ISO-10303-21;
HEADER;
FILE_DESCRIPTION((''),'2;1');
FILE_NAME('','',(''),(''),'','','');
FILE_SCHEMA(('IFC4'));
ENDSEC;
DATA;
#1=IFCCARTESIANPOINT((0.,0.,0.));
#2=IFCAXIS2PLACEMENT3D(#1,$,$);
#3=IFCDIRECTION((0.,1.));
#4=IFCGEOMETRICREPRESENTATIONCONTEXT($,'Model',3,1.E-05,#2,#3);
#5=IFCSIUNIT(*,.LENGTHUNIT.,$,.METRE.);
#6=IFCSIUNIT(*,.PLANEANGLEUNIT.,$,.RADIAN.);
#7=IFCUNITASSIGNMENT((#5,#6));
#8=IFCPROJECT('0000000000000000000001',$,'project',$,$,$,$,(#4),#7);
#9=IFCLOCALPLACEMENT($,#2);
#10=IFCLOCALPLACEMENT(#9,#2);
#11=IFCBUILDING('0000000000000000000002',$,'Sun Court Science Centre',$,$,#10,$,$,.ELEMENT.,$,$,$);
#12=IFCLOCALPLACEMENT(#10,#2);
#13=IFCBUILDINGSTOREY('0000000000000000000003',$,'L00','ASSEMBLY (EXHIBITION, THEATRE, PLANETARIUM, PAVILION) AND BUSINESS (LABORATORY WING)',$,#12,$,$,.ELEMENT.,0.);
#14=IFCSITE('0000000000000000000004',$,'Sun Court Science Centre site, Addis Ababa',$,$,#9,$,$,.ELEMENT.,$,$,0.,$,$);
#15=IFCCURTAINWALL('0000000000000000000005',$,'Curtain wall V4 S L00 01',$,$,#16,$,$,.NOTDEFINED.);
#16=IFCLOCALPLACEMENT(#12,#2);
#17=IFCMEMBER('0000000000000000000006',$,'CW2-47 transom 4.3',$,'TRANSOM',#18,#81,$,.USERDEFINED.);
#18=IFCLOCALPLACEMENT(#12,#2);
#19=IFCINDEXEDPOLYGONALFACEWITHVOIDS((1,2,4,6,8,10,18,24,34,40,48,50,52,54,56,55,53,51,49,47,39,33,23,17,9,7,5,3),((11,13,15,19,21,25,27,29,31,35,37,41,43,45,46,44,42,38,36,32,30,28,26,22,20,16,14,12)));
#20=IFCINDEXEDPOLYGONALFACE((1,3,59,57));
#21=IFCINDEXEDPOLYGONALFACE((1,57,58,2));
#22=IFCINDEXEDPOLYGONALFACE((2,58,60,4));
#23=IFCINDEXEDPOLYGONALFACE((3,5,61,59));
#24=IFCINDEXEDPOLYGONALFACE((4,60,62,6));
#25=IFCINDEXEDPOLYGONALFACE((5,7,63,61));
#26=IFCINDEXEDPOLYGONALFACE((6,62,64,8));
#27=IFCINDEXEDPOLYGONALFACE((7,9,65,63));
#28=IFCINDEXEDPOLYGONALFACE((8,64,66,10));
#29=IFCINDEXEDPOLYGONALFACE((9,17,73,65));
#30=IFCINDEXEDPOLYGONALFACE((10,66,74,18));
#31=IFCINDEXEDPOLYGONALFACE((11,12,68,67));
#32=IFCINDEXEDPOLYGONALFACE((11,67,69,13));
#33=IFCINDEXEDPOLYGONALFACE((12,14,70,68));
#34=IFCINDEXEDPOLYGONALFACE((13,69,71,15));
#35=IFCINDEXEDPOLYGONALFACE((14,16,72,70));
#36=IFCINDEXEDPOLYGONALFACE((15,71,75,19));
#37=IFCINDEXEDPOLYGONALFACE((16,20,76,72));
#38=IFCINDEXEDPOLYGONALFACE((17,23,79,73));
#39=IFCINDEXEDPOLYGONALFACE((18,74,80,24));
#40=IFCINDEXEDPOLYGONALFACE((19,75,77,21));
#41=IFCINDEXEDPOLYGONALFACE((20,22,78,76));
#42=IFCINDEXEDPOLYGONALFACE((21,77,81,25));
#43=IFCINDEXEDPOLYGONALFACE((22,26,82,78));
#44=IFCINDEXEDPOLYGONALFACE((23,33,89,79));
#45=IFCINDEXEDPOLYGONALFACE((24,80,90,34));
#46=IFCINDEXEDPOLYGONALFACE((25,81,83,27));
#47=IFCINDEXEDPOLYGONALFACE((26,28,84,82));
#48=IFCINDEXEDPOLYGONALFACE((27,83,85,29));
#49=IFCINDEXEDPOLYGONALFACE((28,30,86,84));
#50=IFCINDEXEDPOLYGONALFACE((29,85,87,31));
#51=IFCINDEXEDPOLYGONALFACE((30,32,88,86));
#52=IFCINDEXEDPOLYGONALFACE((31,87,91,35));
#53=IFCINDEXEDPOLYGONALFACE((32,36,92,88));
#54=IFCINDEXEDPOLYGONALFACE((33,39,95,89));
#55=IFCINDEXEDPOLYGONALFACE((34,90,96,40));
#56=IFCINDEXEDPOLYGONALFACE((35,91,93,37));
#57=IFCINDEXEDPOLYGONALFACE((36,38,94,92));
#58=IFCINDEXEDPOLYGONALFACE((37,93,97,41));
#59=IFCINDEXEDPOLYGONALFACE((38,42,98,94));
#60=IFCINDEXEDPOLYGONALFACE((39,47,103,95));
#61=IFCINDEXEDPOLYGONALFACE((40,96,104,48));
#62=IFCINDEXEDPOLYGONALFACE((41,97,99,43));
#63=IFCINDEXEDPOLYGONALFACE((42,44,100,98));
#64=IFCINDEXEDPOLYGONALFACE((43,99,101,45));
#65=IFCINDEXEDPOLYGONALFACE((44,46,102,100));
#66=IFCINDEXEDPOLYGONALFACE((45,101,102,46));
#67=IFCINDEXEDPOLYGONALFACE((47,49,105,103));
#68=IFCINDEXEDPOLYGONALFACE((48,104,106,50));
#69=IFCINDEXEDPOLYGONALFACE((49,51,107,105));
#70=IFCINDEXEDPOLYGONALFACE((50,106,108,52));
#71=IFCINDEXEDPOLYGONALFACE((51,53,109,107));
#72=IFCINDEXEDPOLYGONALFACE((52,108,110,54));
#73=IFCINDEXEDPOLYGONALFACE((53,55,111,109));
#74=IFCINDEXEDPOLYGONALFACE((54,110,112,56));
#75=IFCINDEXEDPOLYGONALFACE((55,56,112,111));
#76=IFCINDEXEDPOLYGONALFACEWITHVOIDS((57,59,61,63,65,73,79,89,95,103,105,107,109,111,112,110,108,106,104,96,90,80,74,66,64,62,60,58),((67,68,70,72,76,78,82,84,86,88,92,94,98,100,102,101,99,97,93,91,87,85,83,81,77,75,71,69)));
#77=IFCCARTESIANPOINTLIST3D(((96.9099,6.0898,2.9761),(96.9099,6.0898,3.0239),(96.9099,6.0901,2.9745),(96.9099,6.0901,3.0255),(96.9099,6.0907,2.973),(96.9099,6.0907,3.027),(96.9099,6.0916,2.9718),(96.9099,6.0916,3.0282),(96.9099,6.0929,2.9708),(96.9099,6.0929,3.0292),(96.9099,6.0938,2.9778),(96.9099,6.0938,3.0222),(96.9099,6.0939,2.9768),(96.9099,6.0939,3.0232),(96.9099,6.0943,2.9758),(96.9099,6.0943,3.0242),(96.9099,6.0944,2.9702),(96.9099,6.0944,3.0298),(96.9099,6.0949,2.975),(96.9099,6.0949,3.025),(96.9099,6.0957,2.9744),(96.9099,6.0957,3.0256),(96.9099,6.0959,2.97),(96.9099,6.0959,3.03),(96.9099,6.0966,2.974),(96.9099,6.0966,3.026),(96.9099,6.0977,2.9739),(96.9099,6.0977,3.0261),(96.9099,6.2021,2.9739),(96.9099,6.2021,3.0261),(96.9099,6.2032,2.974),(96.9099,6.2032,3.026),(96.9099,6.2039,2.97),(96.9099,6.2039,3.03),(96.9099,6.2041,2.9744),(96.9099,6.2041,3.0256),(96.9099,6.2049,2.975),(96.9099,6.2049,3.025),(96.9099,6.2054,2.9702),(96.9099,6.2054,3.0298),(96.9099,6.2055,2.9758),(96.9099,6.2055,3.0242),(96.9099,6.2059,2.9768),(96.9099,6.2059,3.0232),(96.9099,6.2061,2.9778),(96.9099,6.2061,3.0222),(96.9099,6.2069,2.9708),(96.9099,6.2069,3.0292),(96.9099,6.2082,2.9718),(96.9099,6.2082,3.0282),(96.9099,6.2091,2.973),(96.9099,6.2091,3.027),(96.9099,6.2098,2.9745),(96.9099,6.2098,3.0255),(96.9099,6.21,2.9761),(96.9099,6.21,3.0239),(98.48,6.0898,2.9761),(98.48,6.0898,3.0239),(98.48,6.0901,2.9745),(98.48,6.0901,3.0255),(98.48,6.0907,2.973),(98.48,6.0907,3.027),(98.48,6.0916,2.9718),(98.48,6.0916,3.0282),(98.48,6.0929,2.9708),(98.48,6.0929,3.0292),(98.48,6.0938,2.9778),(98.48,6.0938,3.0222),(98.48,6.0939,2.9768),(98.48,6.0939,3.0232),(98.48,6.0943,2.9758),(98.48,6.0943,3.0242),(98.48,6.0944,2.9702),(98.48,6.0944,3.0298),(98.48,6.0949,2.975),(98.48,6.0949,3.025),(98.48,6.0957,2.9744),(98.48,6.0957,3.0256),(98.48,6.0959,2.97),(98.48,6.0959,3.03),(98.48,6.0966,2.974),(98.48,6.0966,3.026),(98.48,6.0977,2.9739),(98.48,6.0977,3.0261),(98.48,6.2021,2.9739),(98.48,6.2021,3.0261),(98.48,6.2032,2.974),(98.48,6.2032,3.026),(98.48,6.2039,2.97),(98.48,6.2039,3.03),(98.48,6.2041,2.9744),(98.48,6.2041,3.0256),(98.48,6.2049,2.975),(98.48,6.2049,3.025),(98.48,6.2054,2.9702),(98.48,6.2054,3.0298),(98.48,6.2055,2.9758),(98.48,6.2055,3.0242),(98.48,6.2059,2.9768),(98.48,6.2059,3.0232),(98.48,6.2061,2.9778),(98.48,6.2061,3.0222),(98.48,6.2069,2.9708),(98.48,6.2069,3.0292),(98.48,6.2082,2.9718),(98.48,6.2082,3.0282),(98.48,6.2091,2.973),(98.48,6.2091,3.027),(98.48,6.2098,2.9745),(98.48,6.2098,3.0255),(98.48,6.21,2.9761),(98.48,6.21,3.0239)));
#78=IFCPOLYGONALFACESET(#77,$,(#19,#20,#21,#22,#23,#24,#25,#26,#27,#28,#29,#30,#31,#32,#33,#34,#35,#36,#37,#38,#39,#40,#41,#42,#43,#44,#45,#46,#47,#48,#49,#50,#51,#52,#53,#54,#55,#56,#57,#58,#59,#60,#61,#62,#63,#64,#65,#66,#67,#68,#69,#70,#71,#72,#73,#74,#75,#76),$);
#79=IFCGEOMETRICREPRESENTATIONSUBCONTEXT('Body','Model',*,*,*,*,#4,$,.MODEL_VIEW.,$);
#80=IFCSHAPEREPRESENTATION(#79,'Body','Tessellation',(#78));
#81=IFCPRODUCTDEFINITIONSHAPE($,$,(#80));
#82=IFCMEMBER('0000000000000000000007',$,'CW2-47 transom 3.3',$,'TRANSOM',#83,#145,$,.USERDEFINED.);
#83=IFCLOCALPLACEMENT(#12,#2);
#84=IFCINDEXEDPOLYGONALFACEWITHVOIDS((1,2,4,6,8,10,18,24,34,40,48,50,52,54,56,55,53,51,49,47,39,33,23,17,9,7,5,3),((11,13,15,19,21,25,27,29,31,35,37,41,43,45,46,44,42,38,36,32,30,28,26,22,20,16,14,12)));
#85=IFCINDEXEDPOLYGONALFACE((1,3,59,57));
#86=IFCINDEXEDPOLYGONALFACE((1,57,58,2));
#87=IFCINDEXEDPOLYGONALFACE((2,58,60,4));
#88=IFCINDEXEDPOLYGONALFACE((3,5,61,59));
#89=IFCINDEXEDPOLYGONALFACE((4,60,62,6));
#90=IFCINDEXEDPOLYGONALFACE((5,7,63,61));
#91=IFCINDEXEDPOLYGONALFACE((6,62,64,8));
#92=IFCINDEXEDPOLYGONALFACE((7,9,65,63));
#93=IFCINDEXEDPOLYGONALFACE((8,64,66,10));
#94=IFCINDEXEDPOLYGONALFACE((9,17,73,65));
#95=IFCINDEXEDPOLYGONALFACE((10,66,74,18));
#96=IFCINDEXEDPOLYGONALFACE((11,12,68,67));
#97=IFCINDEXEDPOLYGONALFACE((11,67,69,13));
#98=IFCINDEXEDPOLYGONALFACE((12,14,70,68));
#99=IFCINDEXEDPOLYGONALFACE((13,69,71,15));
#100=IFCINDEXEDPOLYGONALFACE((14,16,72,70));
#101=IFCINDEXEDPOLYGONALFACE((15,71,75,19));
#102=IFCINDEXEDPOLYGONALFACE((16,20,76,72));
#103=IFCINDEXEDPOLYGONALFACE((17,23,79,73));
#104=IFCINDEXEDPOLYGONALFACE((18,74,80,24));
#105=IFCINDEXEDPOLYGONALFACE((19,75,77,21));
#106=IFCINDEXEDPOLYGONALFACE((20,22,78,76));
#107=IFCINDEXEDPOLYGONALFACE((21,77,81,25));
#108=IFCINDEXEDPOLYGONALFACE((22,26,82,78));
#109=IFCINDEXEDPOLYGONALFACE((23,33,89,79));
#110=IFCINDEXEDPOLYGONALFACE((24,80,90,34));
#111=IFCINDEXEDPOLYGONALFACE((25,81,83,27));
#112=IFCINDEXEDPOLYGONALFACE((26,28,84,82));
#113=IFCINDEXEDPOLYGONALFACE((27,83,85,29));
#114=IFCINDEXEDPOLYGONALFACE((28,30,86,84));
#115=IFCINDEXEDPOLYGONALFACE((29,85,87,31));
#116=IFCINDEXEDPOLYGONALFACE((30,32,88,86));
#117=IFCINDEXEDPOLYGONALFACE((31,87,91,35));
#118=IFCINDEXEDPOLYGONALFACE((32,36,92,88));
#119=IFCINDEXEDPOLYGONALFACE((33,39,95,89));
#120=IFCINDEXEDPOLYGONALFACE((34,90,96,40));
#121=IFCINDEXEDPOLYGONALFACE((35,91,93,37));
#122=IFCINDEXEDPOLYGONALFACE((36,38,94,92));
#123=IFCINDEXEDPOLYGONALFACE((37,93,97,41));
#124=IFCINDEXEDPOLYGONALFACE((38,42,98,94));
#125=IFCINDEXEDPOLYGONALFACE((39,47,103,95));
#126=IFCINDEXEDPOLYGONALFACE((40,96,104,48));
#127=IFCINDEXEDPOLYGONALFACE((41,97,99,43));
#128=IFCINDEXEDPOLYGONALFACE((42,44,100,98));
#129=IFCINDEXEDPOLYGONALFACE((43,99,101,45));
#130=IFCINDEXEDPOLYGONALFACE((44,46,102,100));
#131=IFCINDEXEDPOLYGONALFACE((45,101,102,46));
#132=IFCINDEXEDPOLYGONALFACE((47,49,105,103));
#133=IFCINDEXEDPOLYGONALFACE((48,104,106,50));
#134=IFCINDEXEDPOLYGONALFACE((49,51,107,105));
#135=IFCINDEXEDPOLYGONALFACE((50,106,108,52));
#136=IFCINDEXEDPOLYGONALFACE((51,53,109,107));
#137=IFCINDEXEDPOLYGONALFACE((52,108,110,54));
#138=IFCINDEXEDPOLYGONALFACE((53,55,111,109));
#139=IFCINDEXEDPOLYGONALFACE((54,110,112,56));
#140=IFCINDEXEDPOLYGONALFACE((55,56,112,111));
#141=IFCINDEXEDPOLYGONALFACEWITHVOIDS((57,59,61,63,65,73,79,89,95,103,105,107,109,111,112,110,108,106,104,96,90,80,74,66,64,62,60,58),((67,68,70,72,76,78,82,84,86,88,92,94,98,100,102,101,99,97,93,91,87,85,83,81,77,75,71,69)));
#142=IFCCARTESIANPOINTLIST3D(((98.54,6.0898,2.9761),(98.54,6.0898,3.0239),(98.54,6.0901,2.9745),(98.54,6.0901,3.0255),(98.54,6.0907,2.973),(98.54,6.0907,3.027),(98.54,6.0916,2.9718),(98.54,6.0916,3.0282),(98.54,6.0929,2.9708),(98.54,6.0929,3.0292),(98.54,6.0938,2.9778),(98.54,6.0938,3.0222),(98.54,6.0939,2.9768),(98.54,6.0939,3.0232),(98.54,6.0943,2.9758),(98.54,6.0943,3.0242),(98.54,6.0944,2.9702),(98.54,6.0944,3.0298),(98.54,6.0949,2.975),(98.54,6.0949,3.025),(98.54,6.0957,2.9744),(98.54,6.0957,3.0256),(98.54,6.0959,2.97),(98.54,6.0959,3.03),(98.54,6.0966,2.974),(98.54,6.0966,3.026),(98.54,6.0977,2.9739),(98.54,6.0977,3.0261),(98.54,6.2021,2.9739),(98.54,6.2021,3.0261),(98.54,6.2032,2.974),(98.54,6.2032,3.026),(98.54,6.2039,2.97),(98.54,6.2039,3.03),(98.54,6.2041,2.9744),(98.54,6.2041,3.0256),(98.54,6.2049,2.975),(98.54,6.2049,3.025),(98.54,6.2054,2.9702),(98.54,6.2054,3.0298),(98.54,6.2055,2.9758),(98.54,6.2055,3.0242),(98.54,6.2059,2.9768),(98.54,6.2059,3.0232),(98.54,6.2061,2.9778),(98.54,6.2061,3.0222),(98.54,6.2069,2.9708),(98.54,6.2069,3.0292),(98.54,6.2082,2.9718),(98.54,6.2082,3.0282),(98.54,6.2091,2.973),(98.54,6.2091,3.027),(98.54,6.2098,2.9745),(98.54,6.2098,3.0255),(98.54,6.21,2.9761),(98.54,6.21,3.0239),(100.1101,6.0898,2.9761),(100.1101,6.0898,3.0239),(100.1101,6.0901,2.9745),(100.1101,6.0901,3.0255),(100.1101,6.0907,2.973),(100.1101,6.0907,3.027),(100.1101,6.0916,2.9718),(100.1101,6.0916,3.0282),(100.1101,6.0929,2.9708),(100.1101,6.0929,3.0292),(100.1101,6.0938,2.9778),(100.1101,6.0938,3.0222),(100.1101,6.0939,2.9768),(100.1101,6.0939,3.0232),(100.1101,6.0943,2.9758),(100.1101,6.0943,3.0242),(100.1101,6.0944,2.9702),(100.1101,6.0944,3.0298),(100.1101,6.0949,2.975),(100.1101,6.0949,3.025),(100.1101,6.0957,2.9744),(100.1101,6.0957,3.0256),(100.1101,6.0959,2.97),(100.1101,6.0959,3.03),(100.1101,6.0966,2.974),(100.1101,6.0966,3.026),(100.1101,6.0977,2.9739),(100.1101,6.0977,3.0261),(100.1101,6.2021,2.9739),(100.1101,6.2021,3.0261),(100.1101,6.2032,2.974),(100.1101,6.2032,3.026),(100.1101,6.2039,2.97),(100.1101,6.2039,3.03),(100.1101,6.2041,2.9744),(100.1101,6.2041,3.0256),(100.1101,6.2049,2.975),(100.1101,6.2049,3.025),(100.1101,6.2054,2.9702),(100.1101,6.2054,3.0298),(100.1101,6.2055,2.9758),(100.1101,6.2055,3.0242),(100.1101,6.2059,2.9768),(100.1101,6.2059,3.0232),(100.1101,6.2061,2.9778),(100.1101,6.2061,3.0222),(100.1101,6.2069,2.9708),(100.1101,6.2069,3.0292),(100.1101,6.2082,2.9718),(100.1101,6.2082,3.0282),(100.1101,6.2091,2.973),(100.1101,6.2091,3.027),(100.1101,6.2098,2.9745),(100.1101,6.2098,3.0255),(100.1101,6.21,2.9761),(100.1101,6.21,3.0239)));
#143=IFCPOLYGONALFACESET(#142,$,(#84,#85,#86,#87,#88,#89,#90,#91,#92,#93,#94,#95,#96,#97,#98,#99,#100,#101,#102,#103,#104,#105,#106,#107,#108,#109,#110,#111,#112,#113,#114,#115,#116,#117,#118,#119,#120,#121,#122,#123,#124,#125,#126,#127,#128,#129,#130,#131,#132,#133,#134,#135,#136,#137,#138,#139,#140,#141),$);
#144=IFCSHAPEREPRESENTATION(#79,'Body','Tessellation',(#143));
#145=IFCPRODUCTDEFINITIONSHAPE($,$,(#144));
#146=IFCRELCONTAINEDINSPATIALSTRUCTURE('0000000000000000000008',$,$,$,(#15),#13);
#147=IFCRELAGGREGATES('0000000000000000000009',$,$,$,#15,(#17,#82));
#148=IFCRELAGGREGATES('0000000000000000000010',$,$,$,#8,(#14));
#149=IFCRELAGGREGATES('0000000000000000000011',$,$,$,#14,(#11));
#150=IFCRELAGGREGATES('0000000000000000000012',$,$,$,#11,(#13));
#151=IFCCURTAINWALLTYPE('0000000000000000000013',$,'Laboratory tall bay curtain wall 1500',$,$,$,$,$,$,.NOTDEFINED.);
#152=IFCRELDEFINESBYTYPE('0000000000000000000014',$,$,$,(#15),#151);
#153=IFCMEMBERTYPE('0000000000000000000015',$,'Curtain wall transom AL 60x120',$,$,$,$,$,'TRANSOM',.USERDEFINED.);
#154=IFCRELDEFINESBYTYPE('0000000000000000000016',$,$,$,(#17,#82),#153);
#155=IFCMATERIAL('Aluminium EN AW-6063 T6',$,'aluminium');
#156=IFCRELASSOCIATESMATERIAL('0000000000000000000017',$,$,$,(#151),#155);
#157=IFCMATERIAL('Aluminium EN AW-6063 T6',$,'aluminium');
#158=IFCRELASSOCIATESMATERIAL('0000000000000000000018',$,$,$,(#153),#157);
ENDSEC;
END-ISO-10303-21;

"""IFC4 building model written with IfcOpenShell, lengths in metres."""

from ifc_helpers import new_model, si_unit, direction, frame, origin, origin_2d, place, context, subcontext, project, spatial, hollow_rectangle, extrude, material, material_profile, profile_set, type_object, element, aggregate, save


model = new_model("IFC4")

# Units and contexts
model_context = context("Model", 3, precision=1e-05, world=origin(), true_north=direction((0.0, 1.0)))
body_context = subcontext(model_context, "Body", "Model", "MODEL_VIEW")
ifc_project = project(units=[si_unit("LENGTHUNIT", "METRE"), si_unit("PLANEANGLEUNIT", "RADIAN")], contexts=[model_context])

# Site, building, storey
site_placement = place(None, origin())
site = spatial("IfcSite", under=ifc_project, at=site_placement, Name="Sun Court Science Centre site, Addis Ababa", CompositionType="ELEMENT", RefElevation=0.0)
building_placement = place(site_placement, origin())
building = spatial("IfcBuilding", under=site, at=building_placement, Name="Sun Court Science Centre", CompositionType="ELEMENT")
storey_placement = place(building_placement, origin())
storey = spatial("IfcBuildingStorey", under=building, at=storey_placement, Name="L00", Description="ASSEMBLY (EXHIBITION, THEATRE, PLANETARIUM, PAVILION) AND BUSINESS (LABORATORY WING)", CompositionType="ELEMENT", Elevation=0.0)

# Curtain wall, members
ifc_material_1 = material(Name="Aluminium EN AW-6063 T6", Category="aluminium")
curtain_wall_type = type_object("IfcCurtainWallType", Name="Laboratory tall bay curtain wall 1500", PredefinedType="NOTDEFINED", material=ifc_material_1)
curtain_wall_placement = place(storey_placement, origin())
curtain_wall = element("IfcCurtainWall", 1, at=curtain_wall_placement, inside=storey, type_object=curtain_wall_type, Name="Curtain wall V4 S L00 01", PredefinedType="NOTDEFINED")
ifc_material_2 = material(Name="Aluminium EN AW-6063 T6", Category="aluminium")
ifc_material_profile_1 = material_profile(ifc_material_2, hollow_rectangle(XDim=0.0601, YDim=0.1201, WallThickness=0.0039, InnerFilletRadius=0.0039, OuterFilletRadius=0.0061, at=origin_2d()), Name="AL 60x120x4")
ifc_profile_set_1 = profile_set([ifc_material_profile_1], Name="Aluminium EN AW-6063 T6")
member_type_1 = type_object("IfcMemberType", Name="Curtain wall transom AL 60x120", ElementType="TRANSOM", PredefinedType="USERDEFINED", material=ifc_profile_set_1)
member_1_placement = place(storey_placement, frame((98.48, 6.1499, 3.0), z_axis=(-1.0, 0.0, 0.0), x_axis=(0.0, 0.0, 1.0)))
member_1 = element("IfcMember", 2, at=member_1_placement, type_object=member_type_1, Name="CW2-47 transom 4.3", ObjectType="TRANSOM", PredefinedType="USERDEFINED", context=body_context, shape_type="SweptSolid", body=[
    extrude(hollow_rectangle(XDim=0.0601, YDim=0.1201, WallThickness=0.0039, InnerFilletRadius=0.0039, OuterFilletRadius=0.0061, at=origin_2d()), origin(), (0.0, 0.0, 1.0), 1.5701),
])
member_2_placement = place(storey_placement, frame((100.1101, 6.1499, 3.0), z_axis=(-1.0, 0.0, 0.0), x_axis=(0.0, 0.0, 1.0)))
member_2 = element("IfcMember", 3, at=member_2_placement, type_object=member_type_1, Name="CW2-47 transom 3.3", ObjectType="TRANSOM", PredefinedType="USERDEFINED", context=body_context, shape_type="SweptSolid", body=[
    extrude(hollow_rectangle(XDim=0.0601, YDim=0.1201, WallThickness=0.0039, InnerFilletRadius=0.0039, OuterFilletRadius=0.0061, at=origin_2d()), origin(), (0.0, 0.0, 1.0), 1.5701),
])
aggregate(curtain_wall, [member_1, member_2])

save(model, "model.ifc")
